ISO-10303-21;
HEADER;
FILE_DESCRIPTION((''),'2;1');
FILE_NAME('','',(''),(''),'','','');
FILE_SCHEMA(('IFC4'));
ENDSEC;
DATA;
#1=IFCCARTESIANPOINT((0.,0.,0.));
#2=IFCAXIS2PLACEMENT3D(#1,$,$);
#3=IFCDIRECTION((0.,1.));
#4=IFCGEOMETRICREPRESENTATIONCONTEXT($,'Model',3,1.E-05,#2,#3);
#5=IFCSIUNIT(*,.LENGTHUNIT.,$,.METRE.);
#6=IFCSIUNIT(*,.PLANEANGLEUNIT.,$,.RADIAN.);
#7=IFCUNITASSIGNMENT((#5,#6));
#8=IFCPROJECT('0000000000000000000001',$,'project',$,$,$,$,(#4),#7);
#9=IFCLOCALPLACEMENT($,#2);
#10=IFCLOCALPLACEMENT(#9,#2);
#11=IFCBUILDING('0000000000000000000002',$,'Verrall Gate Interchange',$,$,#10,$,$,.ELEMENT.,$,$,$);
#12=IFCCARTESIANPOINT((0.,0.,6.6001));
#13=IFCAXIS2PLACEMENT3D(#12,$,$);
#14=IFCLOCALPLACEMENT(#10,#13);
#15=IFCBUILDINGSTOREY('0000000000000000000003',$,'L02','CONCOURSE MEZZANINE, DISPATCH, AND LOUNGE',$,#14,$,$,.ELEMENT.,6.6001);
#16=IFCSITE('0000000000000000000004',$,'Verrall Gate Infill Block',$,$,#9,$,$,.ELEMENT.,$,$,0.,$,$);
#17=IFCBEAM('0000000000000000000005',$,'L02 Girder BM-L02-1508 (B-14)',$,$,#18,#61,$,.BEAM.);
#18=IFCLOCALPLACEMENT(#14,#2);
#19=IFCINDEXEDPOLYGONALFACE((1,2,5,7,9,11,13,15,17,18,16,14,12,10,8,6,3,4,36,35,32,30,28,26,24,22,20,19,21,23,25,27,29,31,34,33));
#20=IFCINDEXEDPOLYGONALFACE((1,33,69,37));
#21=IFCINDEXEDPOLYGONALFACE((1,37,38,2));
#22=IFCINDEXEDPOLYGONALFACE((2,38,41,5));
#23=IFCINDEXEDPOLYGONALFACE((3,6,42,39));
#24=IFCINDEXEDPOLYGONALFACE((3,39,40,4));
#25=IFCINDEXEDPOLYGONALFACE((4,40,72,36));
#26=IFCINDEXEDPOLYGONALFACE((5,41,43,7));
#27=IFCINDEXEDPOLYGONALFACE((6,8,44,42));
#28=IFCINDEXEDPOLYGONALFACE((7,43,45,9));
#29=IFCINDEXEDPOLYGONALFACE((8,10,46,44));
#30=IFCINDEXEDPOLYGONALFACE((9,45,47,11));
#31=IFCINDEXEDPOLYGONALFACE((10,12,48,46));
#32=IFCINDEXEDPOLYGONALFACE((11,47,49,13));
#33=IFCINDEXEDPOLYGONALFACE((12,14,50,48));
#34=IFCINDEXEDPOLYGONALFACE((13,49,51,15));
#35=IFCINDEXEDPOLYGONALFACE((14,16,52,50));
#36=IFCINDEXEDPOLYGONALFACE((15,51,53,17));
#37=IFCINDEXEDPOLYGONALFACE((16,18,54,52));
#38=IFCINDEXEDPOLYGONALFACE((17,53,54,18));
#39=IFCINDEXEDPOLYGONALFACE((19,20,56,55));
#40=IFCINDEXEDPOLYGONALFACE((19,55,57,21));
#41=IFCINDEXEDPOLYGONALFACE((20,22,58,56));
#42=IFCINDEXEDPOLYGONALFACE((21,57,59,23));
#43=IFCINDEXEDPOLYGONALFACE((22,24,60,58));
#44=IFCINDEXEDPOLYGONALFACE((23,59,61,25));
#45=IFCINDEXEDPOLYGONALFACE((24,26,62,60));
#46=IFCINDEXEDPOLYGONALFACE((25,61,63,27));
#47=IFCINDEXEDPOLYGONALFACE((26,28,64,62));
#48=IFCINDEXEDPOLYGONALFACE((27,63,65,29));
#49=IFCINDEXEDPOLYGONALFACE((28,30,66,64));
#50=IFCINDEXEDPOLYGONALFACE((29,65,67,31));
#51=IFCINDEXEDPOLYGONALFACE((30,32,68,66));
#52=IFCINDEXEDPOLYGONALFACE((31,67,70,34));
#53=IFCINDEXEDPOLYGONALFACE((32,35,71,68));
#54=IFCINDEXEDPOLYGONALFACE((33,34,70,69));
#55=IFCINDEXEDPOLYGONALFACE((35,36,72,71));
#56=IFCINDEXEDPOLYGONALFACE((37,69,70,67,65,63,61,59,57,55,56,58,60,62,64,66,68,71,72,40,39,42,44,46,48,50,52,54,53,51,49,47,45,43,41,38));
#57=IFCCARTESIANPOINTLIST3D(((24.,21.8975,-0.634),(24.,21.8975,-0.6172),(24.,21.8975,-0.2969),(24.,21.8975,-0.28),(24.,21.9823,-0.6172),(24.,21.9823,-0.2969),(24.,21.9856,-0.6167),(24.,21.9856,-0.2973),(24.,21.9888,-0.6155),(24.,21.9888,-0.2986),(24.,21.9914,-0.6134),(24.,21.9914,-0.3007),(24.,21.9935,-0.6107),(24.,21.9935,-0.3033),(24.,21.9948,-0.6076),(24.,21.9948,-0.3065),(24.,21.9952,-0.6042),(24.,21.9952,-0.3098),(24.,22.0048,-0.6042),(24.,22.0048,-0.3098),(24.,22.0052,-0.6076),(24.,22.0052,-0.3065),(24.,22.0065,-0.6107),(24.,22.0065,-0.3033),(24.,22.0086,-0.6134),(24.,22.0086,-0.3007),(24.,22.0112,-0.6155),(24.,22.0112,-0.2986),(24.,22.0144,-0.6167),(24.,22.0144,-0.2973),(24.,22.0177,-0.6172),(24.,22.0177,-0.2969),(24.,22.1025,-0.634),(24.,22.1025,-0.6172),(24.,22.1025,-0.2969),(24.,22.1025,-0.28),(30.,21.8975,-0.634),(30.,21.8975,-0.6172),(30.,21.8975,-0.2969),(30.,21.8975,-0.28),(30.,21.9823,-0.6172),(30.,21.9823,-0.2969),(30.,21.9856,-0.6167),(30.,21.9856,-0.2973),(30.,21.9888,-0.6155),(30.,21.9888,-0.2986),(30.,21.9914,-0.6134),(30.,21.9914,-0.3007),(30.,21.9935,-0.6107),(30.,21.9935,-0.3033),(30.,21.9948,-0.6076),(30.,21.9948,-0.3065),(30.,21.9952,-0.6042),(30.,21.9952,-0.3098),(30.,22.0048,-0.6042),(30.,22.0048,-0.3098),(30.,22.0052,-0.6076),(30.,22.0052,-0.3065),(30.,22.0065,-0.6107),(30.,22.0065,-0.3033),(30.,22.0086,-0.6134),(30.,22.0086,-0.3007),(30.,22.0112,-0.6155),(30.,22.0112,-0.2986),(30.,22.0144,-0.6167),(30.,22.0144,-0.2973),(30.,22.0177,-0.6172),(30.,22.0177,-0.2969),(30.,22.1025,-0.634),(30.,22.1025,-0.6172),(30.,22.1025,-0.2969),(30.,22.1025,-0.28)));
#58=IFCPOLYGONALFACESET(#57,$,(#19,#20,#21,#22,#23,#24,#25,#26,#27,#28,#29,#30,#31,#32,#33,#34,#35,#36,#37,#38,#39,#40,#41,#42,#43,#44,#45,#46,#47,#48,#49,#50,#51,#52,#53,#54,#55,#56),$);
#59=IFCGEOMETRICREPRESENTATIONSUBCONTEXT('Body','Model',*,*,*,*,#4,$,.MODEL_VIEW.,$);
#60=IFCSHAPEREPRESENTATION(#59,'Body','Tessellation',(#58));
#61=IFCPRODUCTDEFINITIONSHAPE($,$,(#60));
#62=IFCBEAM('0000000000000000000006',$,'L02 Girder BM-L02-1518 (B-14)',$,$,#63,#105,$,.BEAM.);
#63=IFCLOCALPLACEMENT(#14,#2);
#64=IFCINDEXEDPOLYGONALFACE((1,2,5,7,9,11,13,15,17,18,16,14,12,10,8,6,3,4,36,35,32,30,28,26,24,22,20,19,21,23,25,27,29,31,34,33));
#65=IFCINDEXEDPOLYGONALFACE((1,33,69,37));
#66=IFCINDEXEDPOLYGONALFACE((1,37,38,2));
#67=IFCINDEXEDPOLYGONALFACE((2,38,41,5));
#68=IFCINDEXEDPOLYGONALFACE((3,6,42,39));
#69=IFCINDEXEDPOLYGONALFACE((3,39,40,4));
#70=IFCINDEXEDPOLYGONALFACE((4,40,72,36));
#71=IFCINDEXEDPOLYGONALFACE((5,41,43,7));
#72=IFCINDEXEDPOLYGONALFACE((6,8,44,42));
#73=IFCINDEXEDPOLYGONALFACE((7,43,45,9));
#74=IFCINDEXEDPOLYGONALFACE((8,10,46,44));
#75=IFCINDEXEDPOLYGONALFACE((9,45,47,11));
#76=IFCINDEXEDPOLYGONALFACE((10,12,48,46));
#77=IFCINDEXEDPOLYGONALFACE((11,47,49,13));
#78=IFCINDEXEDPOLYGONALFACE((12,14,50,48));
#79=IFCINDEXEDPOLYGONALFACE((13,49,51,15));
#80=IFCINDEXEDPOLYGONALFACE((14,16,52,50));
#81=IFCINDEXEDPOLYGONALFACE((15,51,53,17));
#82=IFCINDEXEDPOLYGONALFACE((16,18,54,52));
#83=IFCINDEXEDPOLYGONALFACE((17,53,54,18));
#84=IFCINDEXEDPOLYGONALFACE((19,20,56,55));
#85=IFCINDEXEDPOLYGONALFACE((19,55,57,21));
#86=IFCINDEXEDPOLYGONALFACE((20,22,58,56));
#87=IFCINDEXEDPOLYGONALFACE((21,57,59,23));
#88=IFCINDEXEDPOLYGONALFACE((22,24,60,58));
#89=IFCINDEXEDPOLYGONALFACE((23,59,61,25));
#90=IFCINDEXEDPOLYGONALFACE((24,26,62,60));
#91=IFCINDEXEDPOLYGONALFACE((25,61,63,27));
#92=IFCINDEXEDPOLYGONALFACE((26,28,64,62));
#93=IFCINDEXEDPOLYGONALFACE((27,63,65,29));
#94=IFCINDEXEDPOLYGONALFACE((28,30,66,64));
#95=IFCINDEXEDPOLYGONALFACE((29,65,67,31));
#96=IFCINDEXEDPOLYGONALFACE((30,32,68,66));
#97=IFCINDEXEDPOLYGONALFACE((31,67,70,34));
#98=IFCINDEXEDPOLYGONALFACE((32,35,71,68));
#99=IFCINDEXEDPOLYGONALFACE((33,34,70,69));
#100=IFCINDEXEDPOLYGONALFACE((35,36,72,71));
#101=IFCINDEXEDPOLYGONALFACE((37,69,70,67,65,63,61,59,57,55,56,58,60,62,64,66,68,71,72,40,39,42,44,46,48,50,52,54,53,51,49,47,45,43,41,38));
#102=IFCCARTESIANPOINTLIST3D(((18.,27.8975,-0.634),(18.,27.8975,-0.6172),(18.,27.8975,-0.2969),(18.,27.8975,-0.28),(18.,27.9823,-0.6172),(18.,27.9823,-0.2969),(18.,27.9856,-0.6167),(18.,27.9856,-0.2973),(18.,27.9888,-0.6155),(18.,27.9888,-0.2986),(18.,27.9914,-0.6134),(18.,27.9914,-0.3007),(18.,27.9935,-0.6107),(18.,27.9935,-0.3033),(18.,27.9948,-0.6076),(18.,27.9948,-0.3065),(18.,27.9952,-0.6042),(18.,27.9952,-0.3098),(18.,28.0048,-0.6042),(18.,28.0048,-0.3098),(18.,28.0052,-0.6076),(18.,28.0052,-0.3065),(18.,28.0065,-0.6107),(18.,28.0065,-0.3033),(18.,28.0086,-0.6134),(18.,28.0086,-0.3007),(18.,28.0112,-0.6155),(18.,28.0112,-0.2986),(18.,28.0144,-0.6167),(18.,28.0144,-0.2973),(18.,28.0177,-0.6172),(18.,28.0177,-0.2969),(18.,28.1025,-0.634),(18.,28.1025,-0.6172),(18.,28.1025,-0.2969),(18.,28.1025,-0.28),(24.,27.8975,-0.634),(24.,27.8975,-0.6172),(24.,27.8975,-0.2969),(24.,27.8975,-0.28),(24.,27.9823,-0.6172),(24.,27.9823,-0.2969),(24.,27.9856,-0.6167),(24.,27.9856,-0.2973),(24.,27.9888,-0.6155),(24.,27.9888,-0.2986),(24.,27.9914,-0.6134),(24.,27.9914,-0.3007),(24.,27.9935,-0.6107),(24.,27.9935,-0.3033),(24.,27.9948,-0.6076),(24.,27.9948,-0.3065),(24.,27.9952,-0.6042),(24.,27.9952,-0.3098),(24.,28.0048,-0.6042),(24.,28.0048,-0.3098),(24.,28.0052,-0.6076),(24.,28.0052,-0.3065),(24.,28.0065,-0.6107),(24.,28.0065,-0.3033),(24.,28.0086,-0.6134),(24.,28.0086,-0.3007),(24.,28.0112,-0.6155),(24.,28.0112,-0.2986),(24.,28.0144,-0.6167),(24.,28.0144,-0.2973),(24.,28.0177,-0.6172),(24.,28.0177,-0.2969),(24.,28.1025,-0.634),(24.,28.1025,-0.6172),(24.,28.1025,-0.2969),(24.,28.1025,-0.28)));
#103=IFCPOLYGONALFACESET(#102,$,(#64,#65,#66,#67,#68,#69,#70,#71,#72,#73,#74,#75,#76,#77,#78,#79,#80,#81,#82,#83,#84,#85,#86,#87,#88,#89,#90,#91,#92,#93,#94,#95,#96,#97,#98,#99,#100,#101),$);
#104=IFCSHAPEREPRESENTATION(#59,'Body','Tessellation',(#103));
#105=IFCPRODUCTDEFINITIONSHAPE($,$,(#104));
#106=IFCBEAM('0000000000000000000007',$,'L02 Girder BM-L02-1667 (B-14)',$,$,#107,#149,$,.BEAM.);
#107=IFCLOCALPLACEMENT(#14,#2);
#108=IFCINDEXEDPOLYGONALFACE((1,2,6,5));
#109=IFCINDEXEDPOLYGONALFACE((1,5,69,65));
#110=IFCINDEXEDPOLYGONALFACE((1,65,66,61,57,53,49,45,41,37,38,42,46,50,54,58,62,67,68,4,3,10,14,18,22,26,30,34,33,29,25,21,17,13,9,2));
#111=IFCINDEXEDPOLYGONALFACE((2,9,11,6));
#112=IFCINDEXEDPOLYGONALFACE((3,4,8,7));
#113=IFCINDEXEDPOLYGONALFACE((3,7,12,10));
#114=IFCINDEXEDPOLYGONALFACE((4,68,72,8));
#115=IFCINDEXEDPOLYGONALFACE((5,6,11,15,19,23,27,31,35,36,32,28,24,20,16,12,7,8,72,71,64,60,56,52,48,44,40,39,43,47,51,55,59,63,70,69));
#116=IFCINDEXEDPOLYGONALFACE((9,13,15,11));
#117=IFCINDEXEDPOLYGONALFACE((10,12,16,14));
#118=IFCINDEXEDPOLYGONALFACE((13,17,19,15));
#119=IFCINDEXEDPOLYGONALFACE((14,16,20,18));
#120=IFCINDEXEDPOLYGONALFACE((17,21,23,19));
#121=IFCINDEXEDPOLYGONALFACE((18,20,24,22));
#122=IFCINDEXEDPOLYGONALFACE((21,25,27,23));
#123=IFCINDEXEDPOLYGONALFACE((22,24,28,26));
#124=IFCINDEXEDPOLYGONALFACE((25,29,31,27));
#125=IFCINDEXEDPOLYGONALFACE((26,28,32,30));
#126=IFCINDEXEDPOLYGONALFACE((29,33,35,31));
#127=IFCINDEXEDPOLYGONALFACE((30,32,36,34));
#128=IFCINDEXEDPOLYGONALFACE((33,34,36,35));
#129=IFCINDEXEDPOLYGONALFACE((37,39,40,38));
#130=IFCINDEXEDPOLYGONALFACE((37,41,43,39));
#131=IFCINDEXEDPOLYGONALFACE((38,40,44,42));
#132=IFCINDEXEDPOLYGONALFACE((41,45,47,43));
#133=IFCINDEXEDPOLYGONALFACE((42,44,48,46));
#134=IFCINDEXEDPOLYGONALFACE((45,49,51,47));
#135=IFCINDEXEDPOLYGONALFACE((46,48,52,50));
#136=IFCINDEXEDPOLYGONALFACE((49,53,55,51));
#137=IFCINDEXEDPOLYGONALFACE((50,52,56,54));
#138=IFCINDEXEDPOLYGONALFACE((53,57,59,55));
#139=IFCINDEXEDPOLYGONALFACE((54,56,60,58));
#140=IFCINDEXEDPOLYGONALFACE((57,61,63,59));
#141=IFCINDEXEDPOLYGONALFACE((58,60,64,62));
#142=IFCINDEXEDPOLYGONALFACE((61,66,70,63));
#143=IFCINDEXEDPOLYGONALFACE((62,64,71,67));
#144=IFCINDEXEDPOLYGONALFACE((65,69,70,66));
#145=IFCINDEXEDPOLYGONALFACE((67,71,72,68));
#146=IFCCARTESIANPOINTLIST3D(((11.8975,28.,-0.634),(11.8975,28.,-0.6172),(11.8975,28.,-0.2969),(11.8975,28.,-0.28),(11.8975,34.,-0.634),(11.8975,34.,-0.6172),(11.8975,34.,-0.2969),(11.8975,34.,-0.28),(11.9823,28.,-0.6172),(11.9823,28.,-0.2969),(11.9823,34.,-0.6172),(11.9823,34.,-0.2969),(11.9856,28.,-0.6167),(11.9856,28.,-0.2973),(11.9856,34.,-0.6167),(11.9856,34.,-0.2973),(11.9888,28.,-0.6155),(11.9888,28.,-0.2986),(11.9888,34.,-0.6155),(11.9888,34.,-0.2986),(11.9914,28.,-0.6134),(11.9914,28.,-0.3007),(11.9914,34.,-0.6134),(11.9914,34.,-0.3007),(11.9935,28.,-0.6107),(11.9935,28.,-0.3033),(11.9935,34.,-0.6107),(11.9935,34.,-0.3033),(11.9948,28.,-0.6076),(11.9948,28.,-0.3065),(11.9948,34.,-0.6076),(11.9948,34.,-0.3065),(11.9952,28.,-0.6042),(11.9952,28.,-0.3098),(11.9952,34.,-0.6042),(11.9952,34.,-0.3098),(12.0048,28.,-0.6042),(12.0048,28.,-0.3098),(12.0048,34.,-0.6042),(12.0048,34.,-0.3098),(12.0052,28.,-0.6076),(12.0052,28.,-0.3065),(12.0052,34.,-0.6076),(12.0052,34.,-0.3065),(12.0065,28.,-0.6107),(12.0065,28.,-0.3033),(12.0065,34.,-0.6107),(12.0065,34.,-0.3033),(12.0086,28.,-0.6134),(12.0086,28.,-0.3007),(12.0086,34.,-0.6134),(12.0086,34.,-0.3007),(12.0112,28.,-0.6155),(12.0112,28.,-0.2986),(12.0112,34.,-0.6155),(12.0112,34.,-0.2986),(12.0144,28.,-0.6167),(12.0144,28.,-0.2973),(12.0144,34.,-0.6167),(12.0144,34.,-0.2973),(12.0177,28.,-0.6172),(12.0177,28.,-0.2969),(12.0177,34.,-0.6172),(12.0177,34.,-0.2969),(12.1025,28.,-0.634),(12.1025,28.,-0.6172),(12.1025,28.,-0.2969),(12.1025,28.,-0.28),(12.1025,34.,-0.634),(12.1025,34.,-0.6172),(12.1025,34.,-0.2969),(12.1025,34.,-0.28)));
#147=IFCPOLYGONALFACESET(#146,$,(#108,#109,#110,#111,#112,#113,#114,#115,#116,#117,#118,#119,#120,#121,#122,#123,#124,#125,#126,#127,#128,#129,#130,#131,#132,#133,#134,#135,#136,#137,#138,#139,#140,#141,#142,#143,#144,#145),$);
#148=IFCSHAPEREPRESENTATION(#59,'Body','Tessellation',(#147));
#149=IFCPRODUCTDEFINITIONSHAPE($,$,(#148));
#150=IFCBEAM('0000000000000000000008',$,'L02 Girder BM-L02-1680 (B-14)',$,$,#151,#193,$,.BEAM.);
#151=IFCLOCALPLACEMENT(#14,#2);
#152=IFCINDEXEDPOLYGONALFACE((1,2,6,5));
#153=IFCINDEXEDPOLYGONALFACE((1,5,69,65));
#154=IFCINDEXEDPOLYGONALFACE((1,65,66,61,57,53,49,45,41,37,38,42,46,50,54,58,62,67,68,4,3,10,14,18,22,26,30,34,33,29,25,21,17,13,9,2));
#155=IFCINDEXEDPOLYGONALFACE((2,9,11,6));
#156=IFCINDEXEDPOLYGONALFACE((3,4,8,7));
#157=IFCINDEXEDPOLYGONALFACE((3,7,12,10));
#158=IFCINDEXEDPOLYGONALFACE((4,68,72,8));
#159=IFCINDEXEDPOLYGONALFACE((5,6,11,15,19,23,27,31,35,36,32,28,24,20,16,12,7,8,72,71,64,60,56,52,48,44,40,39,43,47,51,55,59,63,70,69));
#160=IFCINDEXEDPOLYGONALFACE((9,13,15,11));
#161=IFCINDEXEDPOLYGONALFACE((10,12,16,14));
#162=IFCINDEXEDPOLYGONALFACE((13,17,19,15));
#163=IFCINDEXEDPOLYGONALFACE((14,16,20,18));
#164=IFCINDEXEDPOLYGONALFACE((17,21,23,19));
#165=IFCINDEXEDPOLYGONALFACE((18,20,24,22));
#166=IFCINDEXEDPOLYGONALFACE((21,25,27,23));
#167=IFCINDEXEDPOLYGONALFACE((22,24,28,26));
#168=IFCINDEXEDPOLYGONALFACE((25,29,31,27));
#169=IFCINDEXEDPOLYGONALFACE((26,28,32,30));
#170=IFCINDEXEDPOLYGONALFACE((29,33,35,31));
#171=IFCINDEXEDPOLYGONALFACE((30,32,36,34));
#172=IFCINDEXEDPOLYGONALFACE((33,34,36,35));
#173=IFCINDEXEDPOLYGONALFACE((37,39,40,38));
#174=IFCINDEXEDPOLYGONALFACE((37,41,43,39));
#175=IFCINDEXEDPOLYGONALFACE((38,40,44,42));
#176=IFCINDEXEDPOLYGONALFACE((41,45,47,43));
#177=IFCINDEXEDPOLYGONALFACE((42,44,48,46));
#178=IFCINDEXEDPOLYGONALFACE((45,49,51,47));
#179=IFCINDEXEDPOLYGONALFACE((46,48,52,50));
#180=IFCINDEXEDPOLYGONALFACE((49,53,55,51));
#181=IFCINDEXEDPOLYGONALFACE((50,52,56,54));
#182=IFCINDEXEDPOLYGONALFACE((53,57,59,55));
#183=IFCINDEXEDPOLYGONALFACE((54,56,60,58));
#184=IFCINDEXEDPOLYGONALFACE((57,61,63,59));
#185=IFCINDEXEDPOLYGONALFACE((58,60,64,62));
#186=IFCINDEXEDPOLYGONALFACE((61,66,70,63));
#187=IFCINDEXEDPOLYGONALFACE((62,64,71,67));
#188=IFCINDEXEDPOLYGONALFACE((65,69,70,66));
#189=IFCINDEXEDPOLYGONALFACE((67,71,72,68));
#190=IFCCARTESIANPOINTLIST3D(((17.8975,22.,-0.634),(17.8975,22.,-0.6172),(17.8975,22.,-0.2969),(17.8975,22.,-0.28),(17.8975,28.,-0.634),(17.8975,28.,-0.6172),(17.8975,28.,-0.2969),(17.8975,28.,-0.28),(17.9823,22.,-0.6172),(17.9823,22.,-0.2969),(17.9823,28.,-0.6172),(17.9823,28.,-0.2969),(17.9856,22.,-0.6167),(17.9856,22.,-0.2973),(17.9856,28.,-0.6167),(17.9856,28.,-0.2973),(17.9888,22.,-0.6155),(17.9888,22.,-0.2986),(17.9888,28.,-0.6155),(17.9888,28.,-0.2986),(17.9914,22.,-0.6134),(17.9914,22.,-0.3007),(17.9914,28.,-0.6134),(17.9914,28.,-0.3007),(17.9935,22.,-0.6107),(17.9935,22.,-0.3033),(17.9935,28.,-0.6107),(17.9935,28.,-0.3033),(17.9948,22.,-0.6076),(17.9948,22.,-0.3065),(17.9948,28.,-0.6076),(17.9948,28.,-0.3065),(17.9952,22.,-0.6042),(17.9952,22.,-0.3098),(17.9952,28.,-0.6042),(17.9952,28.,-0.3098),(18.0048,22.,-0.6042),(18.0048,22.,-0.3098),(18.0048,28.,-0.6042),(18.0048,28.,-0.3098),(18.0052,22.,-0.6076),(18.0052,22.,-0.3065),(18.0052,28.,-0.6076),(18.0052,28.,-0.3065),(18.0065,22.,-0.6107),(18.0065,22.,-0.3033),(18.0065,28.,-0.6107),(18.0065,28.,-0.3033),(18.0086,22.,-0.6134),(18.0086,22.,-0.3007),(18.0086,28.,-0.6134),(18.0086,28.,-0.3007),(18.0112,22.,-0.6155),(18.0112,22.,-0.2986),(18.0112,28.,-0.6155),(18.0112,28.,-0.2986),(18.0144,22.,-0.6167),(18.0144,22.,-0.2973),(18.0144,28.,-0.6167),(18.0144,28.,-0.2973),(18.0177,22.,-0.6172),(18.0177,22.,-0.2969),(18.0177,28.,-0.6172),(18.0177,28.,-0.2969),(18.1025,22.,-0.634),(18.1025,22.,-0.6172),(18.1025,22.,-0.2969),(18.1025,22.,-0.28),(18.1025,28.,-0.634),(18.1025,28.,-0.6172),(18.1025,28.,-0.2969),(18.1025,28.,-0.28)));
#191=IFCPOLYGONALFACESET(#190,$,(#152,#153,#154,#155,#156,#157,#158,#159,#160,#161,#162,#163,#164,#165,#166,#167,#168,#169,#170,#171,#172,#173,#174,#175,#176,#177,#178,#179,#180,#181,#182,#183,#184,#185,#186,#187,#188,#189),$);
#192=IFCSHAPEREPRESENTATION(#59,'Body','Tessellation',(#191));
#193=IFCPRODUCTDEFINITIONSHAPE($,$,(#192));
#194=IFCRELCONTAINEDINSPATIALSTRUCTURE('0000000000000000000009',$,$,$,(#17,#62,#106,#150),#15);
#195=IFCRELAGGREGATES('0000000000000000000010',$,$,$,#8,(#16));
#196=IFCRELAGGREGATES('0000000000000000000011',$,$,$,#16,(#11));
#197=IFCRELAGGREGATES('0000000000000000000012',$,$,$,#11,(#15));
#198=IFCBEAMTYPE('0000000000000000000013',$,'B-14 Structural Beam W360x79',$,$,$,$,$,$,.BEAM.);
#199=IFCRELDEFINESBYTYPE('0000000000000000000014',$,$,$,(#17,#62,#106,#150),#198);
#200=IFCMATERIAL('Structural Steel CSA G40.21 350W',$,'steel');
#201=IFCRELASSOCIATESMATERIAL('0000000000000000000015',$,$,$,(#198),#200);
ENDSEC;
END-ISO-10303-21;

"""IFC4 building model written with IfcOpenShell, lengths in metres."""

from ifc_helpers import new_model, si_unit, direction, frame, origin, origin_2d, place, context, subcontext, project, spatial, i_section, extrude, material, material_profile, profile_set, type_object, element, save


model = new_model("IFC4")

# Units and contexts
model_context = context("Model", 3, precision=1e-05, world=origin(), true_north=direction((0.0, 1.0)))
body_context = subcontext(model_context, "Body", "Model", "MODEL_VIEW")
ifc_project = project(units=[si_unit("LENGTHUNIT", "METRE"), si_unit("PLANEANGLEUNIT", "RADIAN")], contexts=[model_context])

# Site, building, storey
site_placement = place(None, origin())
site = spatial("IfcSite", under=ifc_project, at=site_placement, Name="Verrall Gate Infill Block", CompositionType="ELEMENT", RefElevation=0.0)
building_placement = place(site_placement, origin())
building = spatial("IfcBuilding", under=site, at=building_placement, Name="Verrall Gate Interchange", CompositionType="ELEMENT")
storey_placement = place(building_placement, frame((0.0, 0.0, 6.6001)))
storey = spatial("IfcBuildingStorey", under=building, at=storey_placement, Name="L02", Description="CONCOURSE MEZZANINE, DISPATCH, AND LOUNGE", CompositionType="ELEMENT", Elevation=6.6001)

# Beams
ifc_material_1 = material(Name="Structural Steel CSA G40.21 350W", Category="steel")
ifc_material_profile_1 = material_profile(ifc_material_1, i_section(OverallWidth=0.2051, OverallDepth=0.354, WebThickness=0.0095, FlangeThickness=0.0168, FilletRadius=0.0129, at=origin_2d()), Name="W360x79")
ifc_profile_set_1 = profile_set([ifc_material_profile_1], Name="Structural Steel CSA G40.21 350W")
beam_type_1 = type_object("IfcBeamType", Name="B-14 Structural Beam W360x79", PredefinedType="BEAM", material=ifc_profile_set_1)
for number, where, z_axis, x_axis, name in (
    (1, (24.0, 22.0, -0.457), (1.0, 0.0, 0.0), (0.0, 1.0, 0.0), "L02 Girder BM-L02-1508 (B-14)"),
    (2, (18.0, 28.0, -0.457), (1.0, 0.0, 0.0), (0.0, 1.0, 0.0), "L02 Girder BM-L02-1518 (B-14)"),
    (3, (12.0, 28.0, -0.457), (0.0, 1.0, 0.0), (-1.0, 0.0, 0.0), "L02 Girder BM-L02-1667 (B-14)"),
    (4, (18.0, 22.0, -0.457), (0.0, 1.0, 0.0), (-1.0, 0.0, 0.0), "L02 Girder BM-L02-1680 (B-14)"),
):
    element("IfcBeam", number, at=place(storey_placement, frame(where, z_axis=z_axis, x_axis=x_axis)), inside=storey, type_object=beam_type_1, Name=name, PredefinedType="BEAM", context=body_context, shape_type="SweptSolid", body=[
        extrude(i_section(OverallWidth=0.2051, OverallDepth=0.354, WebThickness=0.0095, FlangeThickness=0.0168, FilletRadius=0.0129, at=origin_2d()), origin(), (0.0, 0.0, 1.0), 6.0),
    ])

save(model, "model.ifc")
